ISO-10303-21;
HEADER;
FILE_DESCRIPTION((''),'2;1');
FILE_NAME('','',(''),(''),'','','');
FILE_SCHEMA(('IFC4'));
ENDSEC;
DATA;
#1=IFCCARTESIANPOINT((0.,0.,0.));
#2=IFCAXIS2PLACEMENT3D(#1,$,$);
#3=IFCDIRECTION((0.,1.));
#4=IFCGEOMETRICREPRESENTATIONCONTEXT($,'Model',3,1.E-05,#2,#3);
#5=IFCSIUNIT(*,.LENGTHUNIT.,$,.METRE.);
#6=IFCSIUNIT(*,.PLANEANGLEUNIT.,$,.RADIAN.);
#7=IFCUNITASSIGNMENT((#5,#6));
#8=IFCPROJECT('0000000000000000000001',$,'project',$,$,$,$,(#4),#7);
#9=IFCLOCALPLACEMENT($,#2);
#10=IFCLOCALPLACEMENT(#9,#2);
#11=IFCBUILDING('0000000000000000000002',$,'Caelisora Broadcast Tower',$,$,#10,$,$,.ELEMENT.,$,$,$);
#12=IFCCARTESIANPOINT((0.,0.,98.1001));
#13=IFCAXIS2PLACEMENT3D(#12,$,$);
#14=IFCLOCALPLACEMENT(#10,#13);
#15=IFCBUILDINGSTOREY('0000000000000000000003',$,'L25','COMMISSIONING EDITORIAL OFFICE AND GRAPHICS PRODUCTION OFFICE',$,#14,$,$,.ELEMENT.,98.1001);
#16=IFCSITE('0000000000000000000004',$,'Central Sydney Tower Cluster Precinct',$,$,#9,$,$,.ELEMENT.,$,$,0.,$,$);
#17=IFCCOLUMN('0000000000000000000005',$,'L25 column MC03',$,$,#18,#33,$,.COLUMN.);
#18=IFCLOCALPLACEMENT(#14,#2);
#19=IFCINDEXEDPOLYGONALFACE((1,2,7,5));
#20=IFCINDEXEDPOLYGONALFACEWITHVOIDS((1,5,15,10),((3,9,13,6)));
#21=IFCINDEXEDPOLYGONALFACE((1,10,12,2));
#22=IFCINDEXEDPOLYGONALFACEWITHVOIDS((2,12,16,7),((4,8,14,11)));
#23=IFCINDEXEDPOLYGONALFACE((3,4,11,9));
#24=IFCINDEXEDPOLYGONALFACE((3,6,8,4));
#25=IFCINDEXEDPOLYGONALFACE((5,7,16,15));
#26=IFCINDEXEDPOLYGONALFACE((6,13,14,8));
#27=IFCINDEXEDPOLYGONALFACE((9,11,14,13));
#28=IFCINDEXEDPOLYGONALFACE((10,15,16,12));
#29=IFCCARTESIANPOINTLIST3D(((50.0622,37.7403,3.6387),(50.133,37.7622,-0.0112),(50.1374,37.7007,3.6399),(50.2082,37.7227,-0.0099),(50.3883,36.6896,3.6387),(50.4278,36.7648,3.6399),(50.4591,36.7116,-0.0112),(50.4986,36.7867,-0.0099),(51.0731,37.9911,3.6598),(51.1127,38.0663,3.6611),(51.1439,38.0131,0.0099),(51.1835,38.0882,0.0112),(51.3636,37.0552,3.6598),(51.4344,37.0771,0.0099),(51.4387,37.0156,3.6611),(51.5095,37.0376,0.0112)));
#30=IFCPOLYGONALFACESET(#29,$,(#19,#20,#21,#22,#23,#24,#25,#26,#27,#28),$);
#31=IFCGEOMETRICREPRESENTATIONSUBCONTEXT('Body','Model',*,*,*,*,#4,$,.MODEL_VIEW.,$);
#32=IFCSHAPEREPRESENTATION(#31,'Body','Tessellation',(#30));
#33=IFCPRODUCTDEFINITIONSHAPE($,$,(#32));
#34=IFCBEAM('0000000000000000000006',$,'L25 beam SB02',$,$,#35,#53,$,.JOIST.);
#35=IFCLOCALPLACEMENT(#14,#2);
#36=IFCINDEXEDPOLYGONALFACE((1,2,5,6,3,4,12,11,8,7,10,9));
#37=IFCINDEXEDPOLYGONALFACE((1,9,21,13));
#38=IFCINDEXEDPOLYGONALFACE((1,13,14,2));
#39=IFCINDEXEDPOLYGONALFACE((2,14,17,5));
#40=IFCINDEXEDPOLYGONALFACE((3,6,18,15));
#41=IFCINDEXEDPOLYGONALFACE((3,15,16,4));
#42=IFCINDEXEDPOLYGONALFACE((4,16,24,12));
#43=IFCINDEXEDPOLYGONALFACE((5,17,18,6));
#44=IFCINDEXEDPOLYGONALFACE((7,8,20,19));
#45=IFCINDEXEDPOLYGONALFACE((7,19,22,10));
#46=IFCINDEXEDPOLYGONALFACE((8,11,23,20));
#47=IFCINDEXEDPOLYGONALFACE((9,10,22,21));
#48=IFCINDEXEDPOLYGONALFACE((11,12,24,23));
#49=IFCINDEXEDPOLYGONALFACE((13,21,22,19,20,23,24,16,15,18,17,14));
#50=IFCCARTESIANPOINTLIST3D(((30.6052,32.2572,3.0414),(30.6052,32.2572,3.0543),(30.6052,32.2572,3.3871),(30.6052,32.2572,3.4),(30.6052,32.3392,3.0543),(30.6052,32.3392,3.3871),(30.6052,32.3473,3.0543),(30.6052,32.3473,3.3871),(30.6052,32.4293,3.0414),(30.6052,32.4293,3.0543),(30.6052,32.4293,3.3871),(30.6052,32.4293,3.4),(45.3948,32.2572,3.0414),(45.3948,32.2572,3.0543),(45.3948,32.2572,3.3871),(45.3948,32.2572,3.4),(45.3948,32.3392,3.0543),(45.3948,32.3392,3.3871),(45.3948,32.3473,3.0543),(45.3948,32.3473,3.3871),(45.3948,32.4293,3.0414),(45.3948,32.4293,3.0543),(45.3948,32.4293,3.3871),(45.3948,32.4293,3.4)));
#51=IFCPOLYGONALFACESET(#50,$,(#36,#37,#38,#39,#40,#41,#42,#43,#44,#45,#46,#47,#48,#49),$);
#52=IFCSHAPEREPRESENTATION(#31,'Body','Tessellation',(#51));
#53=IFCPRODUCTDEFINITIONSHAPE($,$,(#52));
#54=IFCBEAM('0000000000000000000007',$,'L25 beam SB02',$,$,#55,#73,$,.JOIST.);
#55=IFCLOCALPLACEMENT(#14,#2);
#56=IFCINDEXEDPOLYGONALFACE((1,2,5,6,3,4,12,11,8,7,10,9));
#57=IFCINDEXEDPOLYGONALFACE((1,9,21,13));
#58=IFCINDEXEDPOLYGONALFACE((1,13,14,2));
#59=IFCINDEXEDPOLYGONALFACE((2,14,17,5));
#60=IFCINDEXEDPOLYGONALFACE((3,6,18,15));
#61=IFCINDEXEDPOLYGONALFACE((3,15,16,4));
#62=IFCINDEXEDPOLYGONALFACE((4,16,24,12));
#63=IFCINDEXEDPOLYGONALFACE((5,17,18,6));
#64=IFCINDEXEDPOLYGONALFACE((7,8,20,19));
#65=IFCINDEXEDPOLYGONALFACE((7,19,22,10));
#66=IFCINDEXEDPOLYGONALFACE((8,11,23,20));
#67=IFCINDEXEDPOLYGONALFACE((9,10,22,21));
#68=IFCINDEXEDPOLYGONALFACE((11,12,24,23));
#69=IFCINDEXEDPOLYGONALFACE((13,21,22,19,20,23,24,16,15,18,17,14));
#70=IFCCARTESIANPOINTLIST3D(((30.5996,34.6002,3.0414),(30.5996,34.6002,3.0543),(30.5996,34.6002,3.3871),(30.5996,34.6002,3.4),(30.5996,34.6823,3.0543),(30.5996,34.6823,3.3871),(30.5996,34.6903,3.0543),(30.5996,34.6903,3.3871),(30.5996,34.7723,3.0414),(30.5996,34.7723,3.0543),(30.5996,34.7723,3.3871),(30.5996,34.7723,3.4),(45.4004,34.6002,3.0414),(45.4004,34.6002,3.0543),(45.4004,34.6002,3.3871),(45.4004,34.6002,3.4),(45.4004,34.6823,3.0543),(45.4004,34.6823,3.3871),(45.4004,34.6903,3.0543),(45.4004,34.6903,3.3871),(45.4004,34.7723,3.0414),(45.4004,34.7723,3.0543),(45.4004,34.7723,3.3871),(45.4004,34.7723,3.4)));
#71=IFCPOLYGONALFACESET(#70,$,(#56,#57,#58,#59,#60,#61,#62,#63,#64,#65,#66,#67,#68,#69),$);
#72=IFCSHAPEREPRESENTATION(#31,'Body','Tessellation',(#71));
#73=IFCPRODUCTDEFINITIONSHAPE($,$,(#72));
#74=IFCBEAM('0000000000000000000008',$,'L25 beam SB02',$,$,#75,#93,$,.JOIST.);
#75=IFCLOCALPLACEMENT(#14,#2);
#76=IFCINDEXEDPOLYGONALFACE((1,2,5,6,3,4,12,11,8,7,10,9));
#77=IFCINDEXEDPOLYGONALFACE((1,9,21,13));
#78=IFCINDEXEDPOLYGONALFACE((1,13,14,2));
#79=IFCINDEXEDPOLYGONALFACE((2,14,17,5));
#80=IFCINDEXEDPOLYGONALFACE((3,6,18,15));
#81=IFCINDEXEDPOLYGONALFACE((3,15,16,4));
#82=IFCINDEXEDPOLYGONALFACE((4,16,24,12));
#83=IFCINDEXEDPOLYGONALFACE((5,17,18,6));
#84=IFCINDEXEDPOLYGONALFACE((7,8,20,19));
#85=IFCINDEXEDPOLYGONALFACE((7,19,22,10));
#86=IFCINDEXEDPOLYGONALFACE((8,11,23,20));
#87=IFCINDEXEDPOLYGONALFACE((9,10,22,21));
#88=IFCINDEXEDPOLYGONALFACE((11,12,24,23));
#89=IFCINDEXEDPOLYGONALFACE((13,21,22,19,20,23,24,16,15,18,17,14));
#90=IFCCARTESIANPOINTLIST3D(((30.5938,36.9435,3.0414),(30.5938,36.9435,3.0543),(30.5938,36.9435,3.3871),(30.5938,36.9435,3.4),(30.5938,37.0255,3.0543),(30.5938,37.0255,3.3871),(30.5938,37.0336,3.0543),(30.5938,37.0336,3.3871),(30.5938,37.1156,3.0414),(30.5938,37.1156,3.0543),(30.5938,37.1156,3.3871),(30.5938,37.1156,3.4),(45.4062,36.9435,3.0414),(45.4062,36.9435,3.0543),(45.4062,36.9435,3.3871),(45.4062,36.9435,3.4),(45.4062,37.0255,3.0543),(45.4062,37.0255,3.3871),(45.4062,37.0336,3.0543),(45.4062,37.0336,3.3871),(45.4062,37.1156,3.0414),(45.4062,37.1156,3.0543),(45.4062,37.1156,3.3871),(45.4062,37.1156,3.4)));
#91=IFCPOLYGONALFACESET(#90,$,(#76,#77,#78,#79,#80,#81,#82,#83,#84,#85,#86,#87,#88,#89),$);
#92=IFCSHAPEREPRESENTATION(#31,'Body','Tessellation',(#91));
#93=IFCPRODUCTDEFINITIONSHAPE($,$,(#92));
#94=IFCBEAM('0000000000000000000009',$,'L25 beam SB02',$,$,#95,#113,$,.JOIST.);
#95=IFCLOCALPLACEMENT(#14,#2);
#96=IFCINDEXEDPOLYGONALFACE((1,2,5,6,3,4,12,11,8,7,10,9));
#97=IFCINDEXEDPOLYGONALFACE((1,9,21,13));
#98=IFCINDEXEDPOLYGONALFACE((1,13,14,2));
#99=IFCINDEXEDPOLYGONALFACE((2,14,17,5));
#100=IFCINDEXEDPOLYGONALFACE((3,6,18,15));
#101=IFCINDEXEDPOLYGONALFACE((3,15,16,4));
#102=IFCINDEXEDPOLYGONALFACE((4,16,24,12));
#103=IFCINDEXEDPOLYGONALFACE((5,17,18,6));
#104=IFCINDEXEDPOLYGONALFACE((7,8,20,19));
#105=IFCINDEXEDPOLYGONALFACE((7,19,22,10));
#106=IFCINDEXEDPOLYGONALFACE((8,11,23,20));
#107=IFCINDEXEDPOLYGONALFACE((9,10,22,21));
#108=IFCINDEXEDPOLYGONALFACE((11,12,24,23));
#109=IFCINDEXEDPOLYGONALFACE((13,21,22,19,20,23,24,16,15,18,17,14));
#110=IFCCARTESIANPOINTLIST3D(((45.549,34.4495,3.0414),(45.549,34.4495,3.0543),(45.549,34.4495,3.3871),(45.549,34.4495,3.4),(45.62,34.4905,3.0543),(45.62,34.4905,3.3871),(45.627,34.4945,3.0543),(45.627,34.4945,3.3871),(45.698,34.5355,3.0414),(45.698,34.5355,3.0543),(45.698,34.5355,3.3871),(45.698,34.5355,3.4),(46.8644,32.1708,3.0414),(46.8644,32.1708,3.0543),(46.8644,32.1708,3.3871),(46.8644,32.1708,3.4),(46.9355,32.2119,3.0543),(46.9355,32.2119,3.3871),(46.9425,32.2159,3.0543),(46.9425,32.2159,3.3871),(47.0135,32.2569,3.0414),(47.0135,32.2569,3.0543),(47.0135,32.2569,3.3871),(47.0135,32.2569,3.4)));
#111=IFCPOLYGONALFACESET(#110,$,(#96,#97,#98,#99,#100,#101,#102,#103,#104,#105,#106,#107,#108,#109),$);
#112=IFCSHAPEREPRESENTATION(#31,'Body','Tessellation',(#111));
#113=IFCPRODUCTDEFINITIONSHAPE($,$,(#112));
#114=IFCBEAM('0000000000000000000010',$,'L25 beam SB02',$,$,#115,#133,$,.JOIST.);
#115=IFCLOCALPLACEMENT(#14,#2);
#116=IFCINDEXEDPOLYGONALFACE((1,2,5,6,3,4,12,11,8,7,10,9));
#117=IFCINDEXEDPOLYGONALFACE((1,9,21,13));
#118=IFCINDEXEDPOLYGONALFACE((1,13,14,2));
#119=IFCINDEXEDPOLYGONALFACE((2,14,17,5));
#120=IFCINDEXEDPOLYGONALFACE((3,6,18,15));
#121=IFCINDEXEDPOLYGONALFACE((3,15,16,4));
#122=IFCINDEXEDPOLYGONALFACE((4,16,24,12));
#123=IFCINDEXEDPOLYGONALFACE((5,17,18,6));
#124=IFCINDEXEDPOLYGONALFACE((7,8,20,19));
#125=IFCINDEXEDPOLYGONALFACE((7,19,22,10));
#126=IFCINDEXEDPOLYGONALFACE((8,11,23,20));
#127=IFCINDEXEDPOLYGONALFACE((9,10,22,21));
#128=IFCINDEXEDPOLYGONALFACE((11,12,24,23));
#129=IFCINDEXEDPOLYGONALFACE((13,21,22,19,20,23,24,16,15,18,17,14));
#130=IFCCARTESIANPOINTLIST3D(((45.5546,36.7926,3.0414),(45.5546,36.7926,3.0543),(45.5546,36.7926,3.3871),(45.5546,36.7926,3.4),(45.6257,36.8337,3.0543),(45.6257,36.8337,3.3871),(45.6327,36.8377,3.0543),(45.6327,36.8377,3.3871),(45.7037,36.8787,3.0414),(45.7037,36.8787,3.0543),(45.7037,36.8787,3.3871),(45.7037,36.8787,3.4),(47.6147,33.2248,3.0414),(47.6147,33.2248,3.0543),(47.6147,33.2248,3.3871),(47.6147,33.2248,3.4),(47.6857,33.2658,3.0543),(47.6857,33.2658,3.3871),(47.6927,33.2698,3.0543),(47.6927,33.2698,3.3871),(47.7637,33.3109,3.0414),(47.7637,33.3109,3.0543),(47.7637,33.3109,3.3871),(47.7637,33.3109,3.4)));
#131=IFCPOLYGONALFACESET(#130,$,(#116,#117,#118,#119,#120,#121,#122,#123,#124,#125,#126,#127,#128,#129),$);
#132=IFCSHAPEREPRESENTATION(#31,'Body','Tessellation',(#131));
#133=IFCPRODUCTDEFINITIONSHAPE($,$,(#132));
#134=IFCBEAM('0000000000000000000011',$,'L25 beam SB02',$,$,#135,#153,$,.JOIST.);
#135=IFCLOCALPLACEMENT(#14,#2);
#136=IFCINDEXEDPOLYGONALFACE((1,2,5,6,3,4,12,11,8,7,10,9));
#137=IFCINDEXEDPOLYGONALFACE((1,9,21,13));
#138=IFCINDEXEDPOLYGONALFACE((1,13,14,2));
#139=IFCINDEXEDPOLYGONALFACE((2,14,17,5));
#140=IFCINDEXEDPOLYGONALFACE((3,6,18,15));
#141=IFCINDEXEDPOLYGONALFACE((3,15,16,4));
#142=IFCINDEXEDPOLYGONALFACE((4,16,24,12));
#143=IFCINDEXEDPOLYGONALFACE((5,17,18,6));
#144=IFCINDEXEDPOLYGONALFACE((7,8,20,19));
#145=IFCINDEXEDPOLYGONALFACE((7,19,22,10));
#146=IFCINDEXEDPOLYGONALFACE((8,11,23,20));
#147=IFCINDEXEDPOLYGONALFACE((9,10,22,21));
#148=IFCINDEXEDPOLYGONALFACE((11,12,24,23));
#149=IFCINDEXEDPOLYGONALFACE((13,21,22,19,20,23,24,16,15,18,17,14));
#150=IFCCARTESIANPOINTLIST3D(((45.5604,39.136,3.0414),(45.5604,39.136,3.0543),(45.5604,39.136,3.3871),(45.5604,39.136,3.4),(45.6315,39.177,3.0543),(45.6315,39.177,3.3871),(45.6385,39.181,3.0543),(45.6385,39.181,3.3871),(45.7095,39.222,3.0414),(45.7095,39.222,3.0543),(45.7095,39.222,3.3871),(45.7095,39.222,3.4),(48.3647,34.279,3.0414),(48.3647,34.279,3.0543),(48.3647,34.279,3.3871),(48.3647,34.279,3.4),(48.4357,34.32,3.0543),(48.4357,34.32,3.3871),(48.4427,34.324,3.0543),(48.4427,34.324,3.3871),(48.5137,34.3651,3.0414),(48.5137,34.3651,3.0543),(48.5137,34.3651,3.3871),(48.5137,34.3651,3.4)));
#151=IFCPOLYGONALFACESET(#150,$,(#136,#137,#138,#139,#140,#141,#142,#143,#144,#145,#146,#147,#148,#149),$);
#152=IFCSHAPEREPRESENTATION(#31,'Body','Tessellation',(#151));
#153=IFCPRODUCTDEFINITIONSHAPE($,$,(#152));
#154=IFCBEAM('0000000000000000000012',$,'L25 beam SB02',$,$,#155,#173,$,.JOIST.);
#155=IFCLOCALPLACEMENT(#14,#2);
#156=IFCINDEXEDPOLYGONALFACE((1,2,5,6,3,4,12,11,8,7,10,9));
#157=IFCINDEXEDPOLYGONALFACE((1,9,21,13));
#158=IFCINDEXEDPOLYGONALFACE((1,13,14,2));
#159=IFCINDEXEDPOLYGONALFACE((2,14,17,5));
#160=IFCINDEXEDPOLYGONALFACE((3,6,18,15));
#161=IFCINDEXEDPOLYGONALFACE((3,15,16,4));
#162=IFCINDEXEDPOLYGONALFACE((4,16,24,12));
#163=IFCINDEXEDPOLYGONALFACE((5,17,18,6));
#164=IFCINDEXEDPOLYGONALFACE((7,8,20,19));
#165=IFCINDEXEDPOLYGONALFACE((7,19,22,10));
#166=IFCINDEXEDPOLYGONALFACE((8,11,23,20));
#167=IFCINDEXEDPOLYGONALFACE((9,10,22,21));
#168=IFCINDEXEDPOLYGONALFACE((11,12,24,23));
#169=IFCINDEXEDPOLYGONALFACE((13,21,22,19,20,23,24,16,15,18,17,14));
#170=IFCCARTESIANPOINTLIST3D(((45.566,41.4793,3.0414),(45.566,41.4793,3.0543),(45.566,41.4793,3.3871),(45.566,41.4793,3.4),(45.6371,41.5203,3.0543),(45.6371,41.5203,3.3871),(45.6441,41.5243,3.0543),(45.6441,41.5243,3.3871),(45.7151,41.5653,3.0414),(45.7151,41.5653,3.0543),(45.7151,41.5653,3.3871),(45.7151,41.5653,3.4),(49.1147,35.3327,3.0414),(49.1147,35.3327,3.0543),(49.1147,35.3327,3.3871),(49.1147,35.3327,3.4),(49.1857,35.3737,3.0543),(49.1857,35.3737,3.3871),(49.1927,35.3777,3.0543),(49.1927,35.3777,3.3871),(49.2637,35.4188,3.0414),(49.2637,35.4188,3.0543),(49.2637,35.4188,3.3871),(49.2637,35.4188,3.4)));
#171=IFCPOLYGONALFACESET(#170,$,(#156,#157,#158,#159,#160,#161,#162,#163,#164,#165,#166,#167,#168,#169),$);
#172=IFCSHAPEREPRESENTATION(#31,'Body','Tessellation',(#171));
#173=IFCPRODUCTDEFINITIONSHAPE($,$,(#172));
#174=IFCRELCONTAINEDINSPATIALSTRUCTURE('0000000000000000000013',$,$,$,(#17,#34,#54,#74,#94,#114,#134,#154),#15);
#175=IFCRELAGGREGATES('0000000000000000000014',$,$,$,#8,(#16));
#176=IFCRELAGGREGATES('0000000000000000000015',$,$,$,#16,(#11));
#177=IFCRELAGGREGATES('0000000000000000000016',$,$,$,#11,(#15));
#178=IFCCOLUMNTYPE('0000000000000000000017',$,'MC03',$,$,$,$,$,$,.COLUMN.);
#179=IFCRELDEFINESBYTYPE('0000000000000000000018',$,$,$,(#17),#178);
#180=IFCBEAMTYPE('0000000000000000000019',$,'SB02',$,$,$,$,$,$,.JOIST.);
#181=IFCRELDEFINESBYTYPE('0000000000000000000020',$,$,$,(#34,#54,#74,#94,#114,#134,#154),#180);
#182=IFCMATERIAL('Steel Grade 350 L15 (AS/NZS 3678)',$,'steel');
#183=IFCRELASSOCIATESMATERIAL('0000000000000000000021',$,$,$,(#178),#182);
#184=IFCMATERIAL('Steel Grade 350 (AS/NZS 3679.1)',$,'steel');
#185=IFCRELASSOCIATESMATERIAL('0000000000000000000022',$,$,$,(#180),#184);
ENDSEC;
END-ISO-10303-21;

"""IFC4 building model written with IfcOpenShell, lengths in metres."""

from ifc_helpers import new_model, si_unit, direction, frame, origin, origin_2d, place, context, subcontext, project, spatial, hollow_rectangle, i_section, extrude, source, transform, mapped, material, material_profile, profile_set, type_object, type_shapes, element, save


model = new_model("IFC4")

# Units and contexts
model_context = context("Model", 3, precision=1e-05, world=origin(), true_north=direction((0.0, 1.0)))
body_context = subcontext(model_context, "Body", "Model", "MODEL_VIEW")
ifc_project = project(units=[si_unit("LENGTHUNIT", "METRE"), si_unit("PLANEANGLEUNIT", "RADIAN")], contexts=[model_context])

# Site, building, storey
site_placement = place(None, origin())
site = spatial("IfcSite", under=ifc_project, at=site_placement, Name="Central Sydney Tower Cluster Precinct", CompositionType="ELEMENT", RefElevation=0.0)
building_placement = place(site_placement, origin())
building = spatial("IfcBuilding", under=site, at=building_placement, Name="Caelisora Broadcast Tower", CompositionType="ELEMENT")
storey_placement = place(building_placement, frame((0.0, 0.0, 98.1001)))
storey = spatial("IfcBuildingStorey", under=building, at=storey_placement, Name="L25", Description="COMMISSIONING EDITORIAL OFFICE AND GRAPHICS PRODUCTION OFFICE", CompositionType="ELEMENT", Elevation=98.1001)

# Column
ifc_material_1 = material(Name="Steel Grade 350 L15 (AS/NZS 3678)", Category="steel")
ifc_material_profile_1 = material_profile(ifc_material_1, hollow_rectangle(XDim=1.1001, YDim=1.1001, WallThickness=0.0601, at=origin_2d()), Name="Steel Grade 350 L15 (AS/NZS 3678)")
ifc_profile_set_1 = profile_set([ifc_material_profile_1], Name="Steel Grade 350 L15 (AS/NZS 3678)")
column_type = type_object("IfcColumnType", Name="MC03", PredefinedType="COLUMN", material=ifc_profile_set_1)
shared_shape_1 = source(origin(), body_context, "Body", "SweptSolid", [
    extrude(hollow_rectangle(XDim=1.1001, YDim=1.1001, WallThickness=0.0601, at=origin_2d()), origin(), (0.0, 0.0, 1.0), 3.6506),
])
type_shapes(column_type, [shared_shape_1])
column_placement = place(storey_placement, frame((50.8213, 37.3999, 0.0), z_axis=(-0.019394, -0.006019, 0.999794), x_axis=(0.296399, -0.955064, 0.0)))
element("IfcColumn", 1, at=column_placement, inside=storey, type_object=column_type, Name="L25 column MC03", PredefinedType="COLUMN", context=body_context, shape_type="MappedRepresentation", body=[
    mapped(shared_shape_1, transform((0.0, 0.0, 0.0), scale=1.0)),
])

# Beams
ifc_material_2 = material(Name="Steel Grade 350 (AS/NZS 3679.1)", Category="steel")
ifc_material_profile_2 = material_profile(ifc_material_2, i_section(OverallWidth=0.1721, OverallDepth=0.3586, WebThickness=0.0081, FlangeThickness=0.0129, at=origin_2d()), Name="Steel Grade 350 (AS/NZS 3679.1)")
ifc_profile_set_2 = profile_set([ifc_material_profile_2], Name="Steel Grade 350 (AS/NZS 3679.1)")
beam_type = type_object("IfcBeamType", Name="SB02", PredefinedType="JOIST", material=ifc_profile_set_2)
shared_shape_2 = source(origin(), body_context, "Body", "SweptSolid", [
    extrude(i_section(OverallWidth=0.1721, OverallDepth=0.3586, WebThickness=0.0081, FlangeThickness=0.0129, at=origin_2d()), origin(), (0.0, 0.0, 1.0), 14.7896),
])
beam_1_placement = place(storey_placement, frame((45.3948, 32.3433, 3.2207), z_axis=(-1.0, 0.0, 0.0), x_axis=(0.0, -1.0, 0.0)))
element("IfcBeam", 2, at=beam_1_placement, inside=storey, type_object=beam_type, Name="L25 beam SB02", PredefinedType="JOIST", context=body_context, shape_type="MappedRepresentation", body=[
    mapped(shared_shape_2, transform((0.0, 0.0, 0.0), scale=1.0)),
])
shared_shape_3 = source(origin(), body_context, "Body", "SweptSolid", [
    extrude(i_section(OverallWidth=0.1721, OverallDepth=0.3586, WebThickness=0.0081, FlangeThickness=0.0129, at=origin_2d()), origin(), (0.0, 0.0, 1.0), 14.8008),
])
beam_2_placement = place(storey_placement, frame((45.4004, 34.6863, 3.2207), z_axis=(-1.0, 0.0, 0.0), x_axis=(0.0, -1.0, 0.0)))
element("IfcBeam", 3, at=beam_2_placement, inside=storey, type_object=beam_type, Name="L25 beam SB02", PredefinedType="JOIST", context=body_context, shape_type="MappedRepresentation", body=[
    mapped(shared_shape_3, transform((0.0, 0.0, 0.0), scale=1.0)),
])
shared_shape_4 = source(origin(), body_context, "Body", "SweptSolid", [
    extrude(i_section(OverallWidth=0.1721, OverallDepth=0.3586, WebThickness=0.0081, FlangeThickness=0.0129, at=origin_2d()), origin(), (0.0, 0.0, 1.0), 14.8125),
])
beam_3_placement = place(storey_placement, frame((45.4062, 37.0295, 3.2207), z_axis=(-1.0, 0.0, 0.0), x_axis=(0.0, -1.0, 0.0)))
element("IfcBeam", 4, at=beam_3_placement, inside=storey, type_object=beam_type, Name="L25 beam SB02", PredefinedType="JOIST", context=body_context, shape_type="MappedRepresentation", body=[
    mapped(shared_shape_4, transform((0.0, 0.0, 0.0), scale=1.0)),
])
shared_shape_5 = source(origin(), body_context, "Body", "SweptSolid", [
    extrude(i_section(OverallWidth=0.1721, OverallDepth=0.3586, WebThickness=0.0081, FlangeThickness=0.0129, at=origin_2d()), origin(), (0.0, 0.0, 1.0), 2.6311),
])
beam_4_placement = place(storey_placement, frame((46.939, 32.2139, 3.2207), z_axis=(-0.499971, 0.866042, 0.0), x_axis=(-0.866042, -0.499971, 0.0)))
element("IfcBeam", 5, at=beam_4_placement, inside=storey, type_object=beam_type, Name="L25 beam SB02", PredefinedType="JOIST", context=body_context, shape_type="MappedRepresentation", body=[
    mapped(shared_shape_5, transform((0.0, 0.0, 0.0), scale=1.0)),
])
shared_shape_6 = source(origin(), body_context, "Body", "SweptSolid", [
    extrude(i_section(OverallWidth=0.1721, OverallDepth=0.3586, WebThickness=0.0081, FlangeThickness=0.0129, at=origin_2d()), origin(), (0.0, 0.0, 1.0), 4.1199),
])
beam_5_placement = place(storey_placement, frame((47.6892, 33.2678, 3.2207), z_axis=(-0.500027, 0.86601, 0.0), x_axis=(-0.86601, -0.500027, 0.0)))
element("IfcBeam", 6, at=beam_5_placement, inside=storey, type_object=beam_type, Name="L25 beam SB02", PredefinedType="JOIST", context=body_context, shape_type="MappedRepresentation", body=[
    mapped(shared_shape_6, transform((0.0, 0.0, 0.0), scale=1.0)),
])
shared_shape_7 = source(origin(), body_context, "Body", "SweptSolid", [
    extrude(i_section(OverallWidth=0.1721, OverallDepth=0.3586, WebThickness=0.0081, FlangeThickness=0.0129, at=origin_2d()), origin(), (0.0, 0.0, 1.0), 5.6084),
])
beam_6_placement = place(storey_placement, frame((48.4392, 34.322, 3.2207), z_axis=(-0.500006, 0.866022, 0.0), x_axis=(-0.866022, -0.500006, 0.0)))
element("IfcBeam", 7, at=beam_6_placement, inside=storey, type_object=beam_type, Name="L25 beam SB02", PredefinedType="JOIST", context=body_context, shape_type="MappedRepresentation", body=[
    mapped(shared_shape_7, transform((0.0, 0.0, 0.0), scale=1.0)),
])
shared_shape_8 = source(origin(), body_context, "Body", "SweptSolid", [
    extrude(i_section(OverallWidth=0.1721, OverallDepth=0.3586, WebThickness=0.0081, FlangeThickness=0.0129, at=origin_2d()), origin(), (0.0, 0.0, 1.0), 7.0974),
])
beam_7_placement = place(storey_placement, frame((49.1892, 35.3757, 3.2207), z_axis=(-0.49999, 0.866031, 0.0), x_axis=(-0.866031, -0.49999, 0.0)))
element("IfcBeam", 8, at=beam_7_placement, inside=storey, type_object=beam_type, Name="L25 beam SB02", PredefinedType="JOIST", context=body_context, shape_type="MappedRepresentation", body=[
    mapped(shared_shape_8, transform((0.0, 0.0, 0.0), scale=1.0)),
])

save(model, "model.ifc")
